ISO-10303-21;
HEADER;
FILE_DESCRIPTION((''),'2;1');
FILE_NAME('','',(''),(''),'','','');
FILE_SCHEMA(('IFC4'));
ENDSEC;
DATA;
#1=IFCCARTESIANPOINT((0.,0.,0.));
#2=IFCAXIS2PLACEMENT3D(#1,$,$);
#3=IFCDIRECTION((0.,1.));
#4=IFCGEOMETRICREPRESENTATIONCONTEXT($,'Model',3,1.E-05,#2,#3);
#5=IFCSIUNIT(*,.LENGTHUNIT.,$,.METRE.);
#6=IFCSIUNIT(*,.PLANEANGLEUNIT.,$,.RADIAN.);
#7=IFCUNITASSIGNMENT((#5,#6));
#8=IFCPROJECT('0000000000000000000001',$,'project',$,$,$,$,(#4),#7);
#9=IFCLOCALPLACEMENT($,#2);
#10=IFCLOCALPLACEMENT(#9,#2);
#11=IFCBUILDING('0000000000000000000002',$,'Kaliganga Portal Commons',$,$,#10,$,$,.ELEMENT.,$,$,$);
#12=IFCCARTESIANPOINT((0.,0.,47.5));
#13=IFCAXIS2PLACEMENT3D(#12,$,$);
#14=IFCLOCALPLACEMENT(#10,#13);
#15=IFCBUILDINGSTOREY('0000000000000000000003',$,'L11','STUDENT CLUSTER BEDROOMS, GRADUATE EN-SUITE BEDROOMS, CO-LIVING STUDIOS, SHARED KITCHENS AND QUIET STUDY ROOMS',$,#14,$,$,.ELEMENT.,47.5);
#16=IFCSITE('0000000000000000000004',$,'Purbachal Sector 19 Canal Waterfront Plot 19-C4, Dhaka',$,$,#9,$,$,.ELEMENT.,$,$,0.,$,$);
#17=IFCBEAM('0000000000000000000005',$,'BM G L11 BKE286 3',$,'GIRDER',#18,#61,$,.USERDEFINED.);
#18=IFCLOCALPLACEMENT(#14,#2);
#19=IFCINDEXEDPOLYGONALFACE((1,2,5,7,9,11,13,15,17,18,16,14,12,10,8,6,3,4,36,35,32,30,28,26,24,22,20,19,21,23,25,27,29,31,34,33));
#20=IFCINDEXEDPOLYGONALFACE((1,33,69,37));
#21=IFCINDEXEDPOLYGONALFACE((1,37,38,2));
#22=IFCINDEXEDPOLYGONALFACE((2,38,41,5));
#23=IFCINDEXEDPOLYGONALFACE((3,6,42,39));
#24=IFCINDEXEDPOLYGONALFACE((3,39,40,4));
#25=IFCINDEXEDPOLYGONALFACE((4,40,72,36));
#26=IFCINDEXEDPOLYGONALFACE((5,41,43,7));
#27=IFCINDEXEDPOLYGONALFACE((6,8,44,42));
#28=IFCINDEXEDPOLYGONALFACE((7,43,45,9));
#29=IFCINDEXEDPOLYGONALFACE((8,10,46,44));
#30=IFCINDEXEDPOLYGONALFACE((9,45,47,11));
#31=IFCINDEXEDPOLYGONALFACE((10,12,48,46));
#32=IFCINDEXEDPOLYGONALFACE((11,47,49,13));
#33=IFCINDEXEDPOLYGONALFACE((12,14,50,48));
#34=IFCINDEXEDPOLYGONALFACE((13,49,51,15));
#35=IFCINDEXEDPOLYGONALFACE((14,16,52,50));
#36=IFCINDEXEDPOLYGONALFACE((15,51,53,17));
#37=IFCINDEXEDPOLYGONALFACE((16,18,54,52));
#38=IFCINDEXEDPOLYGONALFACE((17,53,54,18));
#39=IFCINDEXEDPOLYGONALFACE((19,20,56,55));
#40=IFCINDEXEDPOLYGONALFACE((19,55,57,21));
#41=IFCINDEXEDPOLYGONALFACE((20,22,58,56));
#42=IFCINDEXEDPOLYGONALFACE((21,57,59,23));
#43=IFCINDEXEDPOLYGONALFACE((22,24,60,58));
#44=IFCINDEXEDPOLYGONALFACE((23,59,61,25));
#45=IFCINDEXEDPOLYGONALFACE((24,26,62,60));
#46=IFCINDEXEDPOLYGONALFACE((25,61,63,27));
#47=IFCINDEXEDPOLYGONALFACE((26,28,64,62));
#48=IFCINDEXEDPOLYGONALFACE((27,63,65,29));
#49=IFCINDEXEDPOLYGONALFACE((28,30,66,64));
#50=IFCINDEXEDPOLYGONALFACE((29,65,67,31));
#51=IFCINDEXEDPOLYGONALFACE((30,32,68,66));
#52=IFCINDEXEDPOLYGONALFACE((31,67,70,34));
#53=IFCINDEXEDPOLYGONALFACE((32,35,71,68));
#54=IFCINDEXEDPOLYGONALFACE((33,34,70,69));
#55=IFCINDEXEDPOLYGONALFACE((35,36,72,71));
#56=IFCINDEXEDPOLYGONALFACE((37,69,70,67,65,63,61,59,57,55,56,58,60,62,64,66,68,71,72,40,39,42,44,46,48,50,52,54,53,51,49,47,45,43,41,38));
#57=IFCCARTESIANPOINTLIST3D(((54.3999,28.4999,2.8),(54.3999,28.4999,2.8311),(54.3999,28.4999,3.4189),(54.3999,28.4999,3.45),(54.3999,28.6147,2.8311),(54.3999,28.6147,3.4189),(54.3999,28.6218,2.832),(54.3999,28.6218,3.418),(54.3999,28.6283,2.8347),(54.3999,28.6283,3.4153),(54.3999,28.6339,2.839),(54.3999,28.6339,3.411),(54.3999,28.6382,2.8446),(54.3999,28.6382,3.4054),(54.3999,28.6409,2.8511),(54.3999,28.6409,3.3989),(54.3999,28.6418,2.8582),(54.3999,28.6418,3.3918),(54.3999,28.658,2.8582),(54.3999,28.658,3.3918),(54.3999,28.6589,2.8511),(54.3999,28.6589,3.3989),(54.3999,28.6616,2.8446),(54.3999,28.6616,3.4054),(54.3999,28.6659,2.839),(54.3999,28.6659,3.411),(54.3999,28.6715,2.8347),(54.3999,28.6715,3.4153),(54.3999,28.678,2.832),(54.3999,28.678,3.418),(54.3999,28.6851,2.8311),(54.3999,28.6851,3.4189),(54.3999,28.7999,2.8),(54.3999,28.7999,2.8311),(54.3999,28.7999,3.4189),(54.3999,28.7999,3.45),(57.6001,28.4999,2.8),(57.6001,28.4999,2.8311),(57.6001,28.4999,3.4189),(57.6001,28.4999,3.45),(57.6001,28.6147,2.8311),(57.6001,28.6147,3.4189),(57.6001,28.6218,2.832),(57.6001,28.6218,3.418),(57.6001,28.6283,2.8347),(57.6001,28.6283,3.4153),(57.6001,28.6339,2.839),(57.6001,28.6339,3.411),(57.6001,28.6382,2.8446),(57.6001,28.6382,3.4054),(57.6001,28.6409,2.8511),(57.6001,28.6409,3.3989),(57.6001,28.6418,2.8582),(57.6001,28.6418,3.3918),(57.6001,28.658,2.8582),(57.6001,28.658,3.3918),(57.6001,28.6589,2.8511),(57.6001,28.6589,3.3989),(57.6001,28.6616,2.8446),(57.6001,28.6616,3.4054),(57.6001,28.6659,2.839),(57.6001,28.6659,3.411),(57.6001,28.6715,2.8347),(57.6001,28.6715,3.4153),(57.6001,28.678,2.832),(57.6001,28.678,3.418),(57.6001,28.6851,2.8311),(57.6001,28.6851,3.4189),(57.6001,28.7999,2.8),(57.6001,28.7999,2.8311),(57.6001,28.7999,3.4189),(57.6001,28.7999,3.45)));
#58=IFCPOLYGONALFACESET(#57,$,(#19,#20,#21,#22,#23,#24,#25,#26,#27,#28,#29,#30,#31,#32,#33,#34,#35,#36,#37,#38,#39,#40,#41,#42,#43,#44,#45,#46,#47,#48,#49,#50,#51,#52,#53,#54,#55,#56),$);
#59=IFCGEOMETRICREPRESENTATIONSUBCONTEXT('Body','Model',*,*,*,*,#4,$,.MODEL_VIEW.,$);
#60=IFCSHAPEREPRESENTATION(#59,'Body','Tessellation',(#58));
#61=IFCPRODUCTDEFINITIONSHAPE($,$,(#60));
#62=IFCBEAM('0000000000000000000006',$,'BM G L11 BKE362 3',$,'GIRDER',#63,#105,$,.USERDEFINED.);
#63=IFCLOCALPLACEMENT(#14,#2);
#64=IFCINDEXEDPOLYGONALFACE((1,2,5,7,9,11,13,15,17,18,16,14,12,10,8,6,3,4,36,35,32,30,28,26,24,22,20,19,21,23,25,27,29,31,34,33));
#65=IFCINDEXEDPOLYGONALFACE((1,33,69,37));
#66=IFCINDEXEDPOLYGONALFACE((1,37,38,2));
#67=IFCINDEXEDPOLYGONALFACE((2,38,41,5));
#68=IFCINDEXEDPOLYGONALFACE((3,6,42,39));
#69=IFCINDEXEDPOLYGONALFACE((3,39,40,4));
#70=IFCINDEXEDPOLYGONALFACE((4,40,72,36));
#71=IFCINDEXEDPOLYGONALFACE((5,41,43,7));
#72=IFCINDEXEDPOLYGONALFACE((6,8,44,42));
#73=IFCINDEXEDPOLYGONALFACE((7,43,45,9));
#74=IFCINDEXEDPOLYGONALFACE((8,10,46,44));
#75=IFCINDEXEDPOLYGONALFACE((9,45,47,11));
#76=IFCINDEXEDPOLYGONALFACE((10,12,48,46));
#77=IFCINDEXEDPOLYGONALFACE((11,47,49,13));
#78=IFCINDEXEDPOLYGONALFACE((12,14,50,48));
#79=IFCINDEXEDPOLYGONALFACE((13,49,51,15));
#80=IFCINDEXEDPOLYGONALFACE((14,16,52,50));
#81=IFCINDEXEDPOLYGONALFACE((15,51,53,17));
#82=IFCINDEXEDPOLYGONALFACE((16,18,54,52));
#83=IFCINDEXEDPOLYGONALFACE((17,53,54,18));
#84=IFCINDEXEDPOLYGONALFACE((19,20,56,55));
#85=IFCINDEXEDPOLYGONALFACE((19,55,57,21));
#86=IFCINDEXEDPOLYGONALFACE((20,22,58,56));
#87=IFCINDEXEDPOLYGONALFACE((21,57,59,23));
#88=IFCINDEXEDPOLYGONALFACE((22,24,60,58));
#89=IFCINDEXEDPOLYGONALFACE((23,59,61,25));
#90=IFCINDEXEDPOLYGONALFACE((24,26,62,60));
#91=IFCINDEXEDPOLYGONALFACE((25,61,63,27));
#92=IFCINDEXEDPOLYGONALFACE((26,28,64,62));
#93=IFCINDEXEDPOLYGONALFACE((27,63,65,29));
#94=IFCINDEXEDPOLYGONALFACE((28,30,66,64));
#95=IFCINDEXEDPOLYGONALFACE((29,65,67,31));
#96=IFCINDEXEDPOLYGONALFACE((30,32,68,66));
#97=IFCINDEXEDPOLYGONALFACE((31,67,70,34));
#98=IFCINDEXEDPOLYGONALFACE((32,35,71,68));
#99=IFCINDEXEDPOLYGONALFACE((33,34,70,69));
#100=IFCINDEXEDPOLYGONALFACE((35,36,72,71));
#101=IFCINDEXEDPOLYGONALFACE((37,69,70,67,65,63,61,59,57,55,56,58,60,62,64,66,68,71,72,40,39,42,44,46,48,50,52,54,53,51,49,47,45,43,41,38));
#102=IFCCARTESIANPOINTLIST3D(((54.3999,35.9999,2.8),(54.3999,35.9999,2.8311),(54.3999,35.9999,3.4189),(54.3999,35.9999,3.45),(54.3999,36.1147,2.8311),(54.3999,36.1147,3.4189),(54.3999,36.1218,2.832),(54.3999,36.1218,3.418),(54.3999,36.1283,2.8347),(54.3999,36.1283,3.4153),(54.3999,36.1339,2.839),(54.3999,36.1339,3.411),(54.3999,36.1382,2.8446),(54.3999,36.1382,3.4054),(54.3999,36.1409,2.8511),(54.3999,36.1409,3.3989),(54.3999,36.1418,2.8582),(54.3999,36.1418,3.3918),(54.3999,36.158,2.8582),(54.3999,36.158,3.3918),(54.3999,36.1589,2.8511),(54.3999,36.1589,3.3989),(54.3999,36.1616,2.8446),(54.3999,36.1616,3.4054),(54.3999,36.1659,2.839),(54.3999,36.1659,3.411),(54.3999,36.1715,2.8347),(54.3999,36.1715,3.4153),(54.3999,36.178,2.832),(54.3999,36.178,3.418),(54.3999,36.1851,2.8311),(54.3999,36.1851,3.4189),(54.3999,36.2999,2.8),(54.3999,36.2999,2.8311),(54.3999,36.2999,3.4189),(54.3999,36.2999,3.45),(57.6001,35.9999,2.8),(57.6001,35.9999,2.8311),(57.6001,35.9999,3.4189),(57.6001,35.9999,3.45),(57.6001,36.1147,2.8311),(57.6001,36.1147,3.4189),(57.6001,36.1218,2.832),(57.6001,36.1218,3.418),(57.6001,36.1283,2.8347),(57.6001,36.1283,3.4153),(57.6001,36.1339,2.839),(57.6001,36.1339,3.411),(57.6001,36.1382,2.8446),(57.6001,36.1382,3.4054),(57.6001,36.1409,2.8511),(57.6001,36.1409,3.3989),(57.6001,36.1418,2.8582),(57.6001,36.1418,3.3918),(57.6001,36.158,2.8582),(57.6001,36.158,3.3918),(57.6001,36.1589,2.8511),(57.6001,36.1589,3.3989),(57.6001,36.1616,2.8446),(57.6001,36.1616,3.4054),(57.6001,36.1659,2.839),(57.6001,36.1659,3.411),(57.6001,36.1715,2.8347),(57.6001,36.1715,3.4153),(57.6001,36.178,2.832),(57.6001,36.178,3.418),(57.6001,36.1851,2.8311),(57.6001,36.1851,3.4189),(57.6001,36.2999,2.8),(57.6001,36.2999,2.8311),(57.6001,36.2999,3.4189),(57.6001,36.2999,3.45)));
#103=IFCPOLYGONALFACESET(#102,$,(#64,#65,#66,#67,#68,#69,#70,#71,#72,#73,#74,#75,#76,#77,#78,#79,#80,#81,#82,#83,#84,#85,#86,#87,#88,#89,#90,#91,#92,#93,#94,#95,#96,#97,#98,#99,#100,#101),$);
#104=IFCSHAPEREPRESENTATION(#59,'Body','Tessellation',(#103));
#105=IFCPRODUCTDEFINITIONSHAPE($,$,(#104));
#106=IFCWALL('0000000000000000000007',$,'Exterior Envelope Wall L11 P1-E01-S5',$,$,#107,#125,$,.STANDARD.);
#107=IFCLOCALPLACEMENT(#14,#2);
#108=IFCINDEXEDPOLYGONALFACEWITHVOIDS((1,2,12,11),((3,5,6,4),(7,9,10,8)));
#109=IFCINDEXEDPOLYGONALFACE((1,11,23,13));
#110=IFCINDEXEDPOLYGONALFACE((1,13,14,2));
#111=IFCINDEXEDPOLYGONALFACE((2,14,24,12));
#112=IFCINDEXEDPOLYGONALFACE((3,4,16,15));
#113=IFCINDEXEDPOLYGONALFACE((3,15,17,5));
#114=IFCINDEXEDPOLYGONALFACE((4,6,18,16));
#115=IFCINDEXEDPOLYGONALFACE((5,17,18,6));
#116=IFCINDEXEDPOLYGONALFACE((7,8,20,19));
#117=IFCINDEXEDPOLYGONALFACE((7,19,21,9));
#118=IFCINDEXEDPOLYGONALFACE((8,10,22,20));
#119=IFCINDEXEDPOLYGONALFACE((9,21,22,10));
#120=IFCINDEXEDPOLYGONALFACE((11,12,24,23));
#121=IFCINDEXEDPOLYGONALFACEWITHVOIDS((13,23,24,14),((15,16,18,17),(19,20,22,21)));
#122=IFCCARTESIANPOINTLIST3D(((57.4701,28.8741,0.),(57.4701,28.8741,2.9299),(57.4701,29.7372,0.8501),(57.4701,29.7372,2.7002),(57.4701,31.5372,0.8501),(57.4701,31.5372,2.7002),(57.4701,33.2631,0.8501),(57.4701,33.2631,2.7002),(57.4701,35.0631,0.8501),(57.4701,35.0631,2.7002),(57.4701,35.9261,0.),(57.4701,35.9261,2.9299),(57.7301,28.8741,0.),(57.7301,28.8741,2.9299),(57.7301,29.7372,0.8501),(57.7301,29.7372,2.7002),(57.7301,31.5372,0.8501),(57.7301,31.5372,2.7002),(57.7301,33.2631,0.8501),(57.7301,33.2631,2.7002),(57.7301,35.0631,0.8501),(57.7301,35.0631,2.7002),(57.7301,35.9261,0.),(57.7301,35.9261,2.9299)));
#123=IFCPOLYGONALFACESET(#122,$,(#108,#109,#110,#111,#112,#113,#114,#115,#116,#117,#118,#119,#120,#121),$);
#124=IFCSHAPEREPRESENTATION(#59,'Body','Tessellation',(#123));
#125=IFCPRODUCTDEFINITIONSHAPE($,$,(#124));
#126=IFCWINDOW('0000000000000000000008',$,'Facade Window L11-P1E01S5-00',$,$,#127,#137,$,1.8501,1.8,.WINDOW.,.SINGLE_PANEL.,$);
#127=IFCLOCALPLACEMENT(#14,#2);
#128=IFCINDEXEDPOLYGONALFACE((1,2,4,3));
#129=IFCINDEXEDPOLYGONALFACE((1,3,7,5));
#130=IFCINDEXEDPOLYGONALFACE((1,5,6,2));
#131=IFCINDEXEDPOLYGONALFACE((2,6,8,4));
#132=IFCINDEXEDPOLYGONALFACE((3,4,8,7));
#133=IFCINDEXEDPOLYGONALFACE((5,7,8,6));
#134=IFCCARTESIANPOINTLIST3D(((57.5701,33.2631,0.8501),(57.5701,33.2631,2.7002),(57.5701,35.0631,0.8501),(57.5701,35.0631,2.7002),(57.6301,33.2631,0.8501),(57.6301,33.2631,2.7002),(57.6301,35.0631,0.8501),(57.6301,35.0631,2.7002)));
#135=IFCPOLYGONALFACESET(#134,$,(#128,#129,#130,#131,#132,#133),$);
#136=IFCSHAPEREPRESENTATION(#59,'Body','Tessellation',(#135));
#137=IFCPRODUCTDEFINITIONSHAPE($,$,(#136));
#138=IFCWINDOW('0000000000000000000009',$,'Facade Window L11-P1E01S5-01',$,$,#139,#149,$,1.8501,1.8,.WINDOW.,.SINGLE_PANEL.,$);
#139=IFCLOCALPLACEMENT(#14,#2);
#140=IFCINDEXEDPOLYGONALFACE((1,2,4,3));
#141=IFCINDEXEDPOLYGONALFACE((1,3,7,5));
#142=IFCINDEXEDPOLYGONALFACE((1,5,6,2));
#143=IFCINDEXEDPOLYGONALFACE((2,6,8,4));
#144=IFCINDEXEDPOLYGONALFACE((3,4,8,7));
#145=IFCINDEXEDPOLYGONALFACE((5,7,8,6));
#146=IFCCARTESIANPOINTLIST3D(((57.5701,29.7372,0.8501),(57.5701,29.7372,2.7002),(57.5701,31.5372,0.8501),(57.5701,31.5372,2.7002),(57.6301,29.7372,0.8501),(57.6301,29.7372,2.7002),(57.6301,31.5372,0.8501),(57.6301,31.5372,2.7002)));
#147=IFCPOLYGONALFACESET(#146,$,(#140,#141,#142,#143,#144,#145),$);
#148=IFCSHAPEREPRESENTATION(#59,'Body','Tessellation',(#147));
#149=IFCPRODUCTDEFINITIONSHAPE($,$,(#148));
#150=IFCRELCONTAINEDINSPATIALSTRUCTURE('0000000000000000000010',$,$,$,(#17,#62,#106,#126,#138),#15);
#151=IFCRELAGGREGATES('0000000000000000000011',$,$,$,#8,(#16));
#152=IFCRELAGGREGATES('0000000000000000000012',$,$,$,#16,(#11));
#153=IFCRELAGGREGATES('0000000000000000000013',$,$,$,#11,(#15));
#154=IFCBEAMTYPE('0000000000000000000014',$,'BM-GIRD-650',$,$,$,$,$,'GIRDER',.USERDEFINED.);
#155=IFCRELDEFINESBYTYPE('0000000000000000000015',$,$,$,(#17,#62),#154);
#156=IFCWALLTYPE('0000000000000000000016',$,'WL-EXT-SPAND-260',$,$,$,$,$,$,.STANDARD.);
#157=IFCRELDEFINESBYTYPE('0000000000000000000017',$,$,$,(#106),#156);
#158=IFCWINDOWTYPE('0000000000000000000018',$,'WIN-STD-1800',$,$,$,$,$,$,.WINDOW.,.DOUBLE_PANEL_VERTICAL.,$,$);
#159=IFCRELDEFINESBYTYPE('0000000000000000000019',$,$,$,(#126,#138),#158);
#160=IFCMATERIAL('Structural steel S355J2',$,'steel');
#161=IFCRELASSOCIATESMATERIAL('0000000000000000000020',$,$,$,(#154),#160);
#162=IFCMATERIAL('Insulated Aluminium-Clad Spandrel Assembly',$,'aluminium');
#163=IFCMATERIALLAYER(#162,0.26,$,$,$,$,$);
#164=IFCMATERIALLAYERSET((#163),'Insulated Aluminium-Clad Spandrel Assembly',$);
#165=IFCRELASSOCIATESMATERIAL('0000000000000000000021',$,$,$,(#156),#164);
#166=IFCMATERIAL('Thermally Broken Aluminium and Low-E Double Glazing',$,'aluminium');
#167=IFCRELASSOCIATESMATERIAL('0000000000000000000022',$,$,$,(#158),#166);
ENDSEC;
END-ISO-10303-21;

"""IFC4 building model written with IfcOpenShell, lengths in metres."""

from ifc_helpers import new_model, si_unit, direction, frame, frame_2d, origin, origin_2d, place, context, subcontext, project, spatial, rectangle, i_section, extrude, source, transform, mapped, material, layer, layer_set, material_profile, profile_set, type_object, element, fill, save


model = new_model("IFC4")

# Units and contexts
model_context = context("Model", 3, precision=1e-05, world=origin(), true_north=direction((0.0, 1.0)))
body_context = subcontext(model_context, "Body", "Model", "MODEL_VIEW")
ifc_project = project(units=[si_unit("LENGTHUNIT", "METRE"), si_unit("PLANEANGLEUNIT", "RADIAN")], contexts=[model_context])

# Site, building, storey
site_placement = place(None, origin())
site = spatial("IfcSite", under=ifc_project, at=site_placement, Name="Purbachal Sector 19 Canal Waterfront Plot 19-C4, Dhaka", CompositionType="ELEMENT", RefElevation=0.0)
building_placement = place(site_placement, origin())
building = spatial("IfcBuilding", under=site, at=building_placement, Name="Kaliganga Portal Commons", CompositionType="ELEMENT")
storey_placement = place(building_placement, frame((0.0, 0.0, 47.5)))
storey = spatial("IfcBuildingStorey", under=building, at=storey_placement, Name="L11", Description="STUDENT CLUSTER BEDROOMS, GRADUATE EN-SUITE BEDROOMS, CO-LIVING STUDIOS, SHARED KITCHENS AND QUIET STUDY ROOMS", CompositionType="ELEMENT", Elevation=47.5)

# Beams
ifc_material_1 = material(Name="Structural steel S355J2", Category="steel")
ifc_material_profile_1 = material_profile(ifc_material_1, i_section(OverallWidth=0.3, OverallDepth=0.6499, WebThickness=0.0161, FlangeThickness=0.031, FilletRadius=0.0271, at=origin_2d()), Name="HE 650 B")
ifc_profile_set_1 = profile_set([ifc_material_profile_1], Name="Structural steel S355J2 wide-flange")
beam_type_1 = type_object("IfcBeamType", Name="BM-GIRD-650", ElementType="GIRDER", PredefinedType="USERDEFINED", material=ifc_profile_set_1)
shared_shape_1 = source(origin(), body_context, "Body", "SweptSolid", [
    extrude(i_section(OverallWidth=0.3, OverallDepth=0.6499, WebThickness=0.0161, FlangeThickness=0.031, FilletRadius=0.0271, at=origin_2d()), origin(), (0.0, 0.0, 1.0), 3.2002),
])
for number, where, z_axis, x_axis, name in (
    (1, (54.3999, 28.6499, 3.125), (1.0, 0.0, 0.0), (0.0, 1.0, 0.0), "BM G L11 BKE286 3"),
    (2, (54.3999, 36.1499, 3.125), (1.0, 0.0, 0.0), (0.0, 1.0, 0.0), "BM G L11 BKE362 3"),
):
    element("IfcBeam", number, at=place(storey_placement, frame(where, z_axis=z_axis, x_axis=x_axis)), inside=storey, type_object=beam_type_1, Name=name, ObjectType="GIRDER", PredefinedType="USERDEFINED", context=body_context, shape_type="MappedRepresentation", body=[
        mapped(shared_shape_1, transform((0.0, 0.0, 0.0), x_axis=(1.0, 0.0, 0.0), y_axis=(0.0, 1.0, 0.0), z_axis=(0.0, 0.0, 1.0), scale=1.0)),
    ])

# Wall, openings, windows
ifc_material_2 = material(Name="Insulated Aluminium-Clad Spandrel Assembly", Category="aluminium")
ifc_layer = layer(ifc_material_2, 0.26)
ifc_layer_set = layer_set([ifc_layer], Name="Insulated Aluminium-Clad Spandrel Assembly")
wall_type = type_object("IfcWallType", Name="WL-EXT-SPAND-260", PredefinedType="STANDARD", material=ifc_layer_set)
wall_placement = place(storey_placement, frame((57.6001, 35.926, 0.0), z_axis=(0.0, 0.0, 1.0), x_axis=(0.0, -1.0, 0.0)))
wall = element("IfcWall", 3, at=wall_placement, inside=storey, type_object=wall_type, Name="Exterior Envelope Wall L11 P1-E01-S5", PredefinedType="STANDARD", context=body_context, shape_type="SweptSolid", body=[
    extrude(rectangle(XDim=7.052, YDim=0.26, at=frame_2d((3.5259, 0.0))), origin(), (0.0, 0.0, 1.0), 2.9299),
])
opening_1_placement = place(wall_placement, frame((0.863, 0.0, 0.8501)))
opening_1 = element("IfcOpeningElement", 4, at=opening_1_placement, cuts=wall, PredefinedType="OPENING", context=body_context, shape_type="SweptSolid", body=[
    extrude(rectangle(XDim=1.8, YDim=1.8501, at=frame_2d((0.8999, 0.925))), frame((0.0, 0.1401, 0.0), z_axis=(0.0, -1.0, 0.0), x_axis=(1.0, 0.0, 0.0)), (0.0, 0.0, 1.0), 0.28),
])
opening_2_placement = place(wall_placement, frame((4.3889, 0.0, 0.8501)))
opening_2 = element("IfcOpeningElement", 5, at=opening_2_placement, cuts=wall, PredefinedType="OPENING", context=body_context, shape_type="SweptSolid", body=[
    extrude(rectangle(XDim=1.8, YDim=1.8501, at=frame_2d((0.8999, 0.925))), frame((0.0, 0.1401, 0.0), z_axis=(0.0, -1.0, 0.0), x_axis=(1.0, 0.0, 0.0)), (0.0, 0.0, 1.0), 0.28),
])
ifc_material_3 = material(Name="Thermally Broken Aluminium and Low-E Double Glazing", Category="aluminium")
window_type = type_object("IfcWindowType", Name="WIN-STD-1800", PartitioningType="DOUBLE_PANEL_VERTICAL", PredefinedType="WINDOW", material=ifc_material_3)
window_1_placement = place(opening_1_placement, origin())
window_1 = element("IfcWindow", 6, at=window_1_placement, inside=storey, type_object=window_type, Name="Facade Window L11-P1E01S5-00", OverallHeight=1.8501, OverallWidth=1.8, PartitioningType="SINGLE_PANEL", PredefinedType="WINDOW", context=body_context, shape_type="SweptSolid", body=[
    extrude(rectangle(XDim=1.8, YDim=1.8501, at=frame_2d((0.8999, 0.925))), frame((0.0, 0.03, 0.0), z_axis=(0.0, -1.0, 0.0), x_axis=(1.0, 0.0, 0.0)), (0.0, 0.0, 1.0), 0.0601),
])
fill(opening_1, window_1)
window_2_placement = place(opening_2_placement, origin())
window_2 = element("IfcWindow", 7, at=window_2_placement, inside=storey, type_object=window_type, Name="Facade Window L11-P1E01S5-01", OverallHeight=1.8501, OverallWidth=1.8, PartitioningType="SINGLE_PANEL", PredefinedType="WINDOW", context=body_context, shape_type="SweptSolid", body=[
    extrude(rectangle(XDim=1.8, YDim=1.8501, at=frame_2d((0.8999, 0.925))), frame((0.0, 0.03, 0.0), z_axis=(0.0, -1.0, 0.0), x_axis=(1.0, 0.0, 0.0)), (0.0, 0.0, 1.0), 0.0601),
])
fill(opening_2, window_2)

save(model, "model.ifc")
